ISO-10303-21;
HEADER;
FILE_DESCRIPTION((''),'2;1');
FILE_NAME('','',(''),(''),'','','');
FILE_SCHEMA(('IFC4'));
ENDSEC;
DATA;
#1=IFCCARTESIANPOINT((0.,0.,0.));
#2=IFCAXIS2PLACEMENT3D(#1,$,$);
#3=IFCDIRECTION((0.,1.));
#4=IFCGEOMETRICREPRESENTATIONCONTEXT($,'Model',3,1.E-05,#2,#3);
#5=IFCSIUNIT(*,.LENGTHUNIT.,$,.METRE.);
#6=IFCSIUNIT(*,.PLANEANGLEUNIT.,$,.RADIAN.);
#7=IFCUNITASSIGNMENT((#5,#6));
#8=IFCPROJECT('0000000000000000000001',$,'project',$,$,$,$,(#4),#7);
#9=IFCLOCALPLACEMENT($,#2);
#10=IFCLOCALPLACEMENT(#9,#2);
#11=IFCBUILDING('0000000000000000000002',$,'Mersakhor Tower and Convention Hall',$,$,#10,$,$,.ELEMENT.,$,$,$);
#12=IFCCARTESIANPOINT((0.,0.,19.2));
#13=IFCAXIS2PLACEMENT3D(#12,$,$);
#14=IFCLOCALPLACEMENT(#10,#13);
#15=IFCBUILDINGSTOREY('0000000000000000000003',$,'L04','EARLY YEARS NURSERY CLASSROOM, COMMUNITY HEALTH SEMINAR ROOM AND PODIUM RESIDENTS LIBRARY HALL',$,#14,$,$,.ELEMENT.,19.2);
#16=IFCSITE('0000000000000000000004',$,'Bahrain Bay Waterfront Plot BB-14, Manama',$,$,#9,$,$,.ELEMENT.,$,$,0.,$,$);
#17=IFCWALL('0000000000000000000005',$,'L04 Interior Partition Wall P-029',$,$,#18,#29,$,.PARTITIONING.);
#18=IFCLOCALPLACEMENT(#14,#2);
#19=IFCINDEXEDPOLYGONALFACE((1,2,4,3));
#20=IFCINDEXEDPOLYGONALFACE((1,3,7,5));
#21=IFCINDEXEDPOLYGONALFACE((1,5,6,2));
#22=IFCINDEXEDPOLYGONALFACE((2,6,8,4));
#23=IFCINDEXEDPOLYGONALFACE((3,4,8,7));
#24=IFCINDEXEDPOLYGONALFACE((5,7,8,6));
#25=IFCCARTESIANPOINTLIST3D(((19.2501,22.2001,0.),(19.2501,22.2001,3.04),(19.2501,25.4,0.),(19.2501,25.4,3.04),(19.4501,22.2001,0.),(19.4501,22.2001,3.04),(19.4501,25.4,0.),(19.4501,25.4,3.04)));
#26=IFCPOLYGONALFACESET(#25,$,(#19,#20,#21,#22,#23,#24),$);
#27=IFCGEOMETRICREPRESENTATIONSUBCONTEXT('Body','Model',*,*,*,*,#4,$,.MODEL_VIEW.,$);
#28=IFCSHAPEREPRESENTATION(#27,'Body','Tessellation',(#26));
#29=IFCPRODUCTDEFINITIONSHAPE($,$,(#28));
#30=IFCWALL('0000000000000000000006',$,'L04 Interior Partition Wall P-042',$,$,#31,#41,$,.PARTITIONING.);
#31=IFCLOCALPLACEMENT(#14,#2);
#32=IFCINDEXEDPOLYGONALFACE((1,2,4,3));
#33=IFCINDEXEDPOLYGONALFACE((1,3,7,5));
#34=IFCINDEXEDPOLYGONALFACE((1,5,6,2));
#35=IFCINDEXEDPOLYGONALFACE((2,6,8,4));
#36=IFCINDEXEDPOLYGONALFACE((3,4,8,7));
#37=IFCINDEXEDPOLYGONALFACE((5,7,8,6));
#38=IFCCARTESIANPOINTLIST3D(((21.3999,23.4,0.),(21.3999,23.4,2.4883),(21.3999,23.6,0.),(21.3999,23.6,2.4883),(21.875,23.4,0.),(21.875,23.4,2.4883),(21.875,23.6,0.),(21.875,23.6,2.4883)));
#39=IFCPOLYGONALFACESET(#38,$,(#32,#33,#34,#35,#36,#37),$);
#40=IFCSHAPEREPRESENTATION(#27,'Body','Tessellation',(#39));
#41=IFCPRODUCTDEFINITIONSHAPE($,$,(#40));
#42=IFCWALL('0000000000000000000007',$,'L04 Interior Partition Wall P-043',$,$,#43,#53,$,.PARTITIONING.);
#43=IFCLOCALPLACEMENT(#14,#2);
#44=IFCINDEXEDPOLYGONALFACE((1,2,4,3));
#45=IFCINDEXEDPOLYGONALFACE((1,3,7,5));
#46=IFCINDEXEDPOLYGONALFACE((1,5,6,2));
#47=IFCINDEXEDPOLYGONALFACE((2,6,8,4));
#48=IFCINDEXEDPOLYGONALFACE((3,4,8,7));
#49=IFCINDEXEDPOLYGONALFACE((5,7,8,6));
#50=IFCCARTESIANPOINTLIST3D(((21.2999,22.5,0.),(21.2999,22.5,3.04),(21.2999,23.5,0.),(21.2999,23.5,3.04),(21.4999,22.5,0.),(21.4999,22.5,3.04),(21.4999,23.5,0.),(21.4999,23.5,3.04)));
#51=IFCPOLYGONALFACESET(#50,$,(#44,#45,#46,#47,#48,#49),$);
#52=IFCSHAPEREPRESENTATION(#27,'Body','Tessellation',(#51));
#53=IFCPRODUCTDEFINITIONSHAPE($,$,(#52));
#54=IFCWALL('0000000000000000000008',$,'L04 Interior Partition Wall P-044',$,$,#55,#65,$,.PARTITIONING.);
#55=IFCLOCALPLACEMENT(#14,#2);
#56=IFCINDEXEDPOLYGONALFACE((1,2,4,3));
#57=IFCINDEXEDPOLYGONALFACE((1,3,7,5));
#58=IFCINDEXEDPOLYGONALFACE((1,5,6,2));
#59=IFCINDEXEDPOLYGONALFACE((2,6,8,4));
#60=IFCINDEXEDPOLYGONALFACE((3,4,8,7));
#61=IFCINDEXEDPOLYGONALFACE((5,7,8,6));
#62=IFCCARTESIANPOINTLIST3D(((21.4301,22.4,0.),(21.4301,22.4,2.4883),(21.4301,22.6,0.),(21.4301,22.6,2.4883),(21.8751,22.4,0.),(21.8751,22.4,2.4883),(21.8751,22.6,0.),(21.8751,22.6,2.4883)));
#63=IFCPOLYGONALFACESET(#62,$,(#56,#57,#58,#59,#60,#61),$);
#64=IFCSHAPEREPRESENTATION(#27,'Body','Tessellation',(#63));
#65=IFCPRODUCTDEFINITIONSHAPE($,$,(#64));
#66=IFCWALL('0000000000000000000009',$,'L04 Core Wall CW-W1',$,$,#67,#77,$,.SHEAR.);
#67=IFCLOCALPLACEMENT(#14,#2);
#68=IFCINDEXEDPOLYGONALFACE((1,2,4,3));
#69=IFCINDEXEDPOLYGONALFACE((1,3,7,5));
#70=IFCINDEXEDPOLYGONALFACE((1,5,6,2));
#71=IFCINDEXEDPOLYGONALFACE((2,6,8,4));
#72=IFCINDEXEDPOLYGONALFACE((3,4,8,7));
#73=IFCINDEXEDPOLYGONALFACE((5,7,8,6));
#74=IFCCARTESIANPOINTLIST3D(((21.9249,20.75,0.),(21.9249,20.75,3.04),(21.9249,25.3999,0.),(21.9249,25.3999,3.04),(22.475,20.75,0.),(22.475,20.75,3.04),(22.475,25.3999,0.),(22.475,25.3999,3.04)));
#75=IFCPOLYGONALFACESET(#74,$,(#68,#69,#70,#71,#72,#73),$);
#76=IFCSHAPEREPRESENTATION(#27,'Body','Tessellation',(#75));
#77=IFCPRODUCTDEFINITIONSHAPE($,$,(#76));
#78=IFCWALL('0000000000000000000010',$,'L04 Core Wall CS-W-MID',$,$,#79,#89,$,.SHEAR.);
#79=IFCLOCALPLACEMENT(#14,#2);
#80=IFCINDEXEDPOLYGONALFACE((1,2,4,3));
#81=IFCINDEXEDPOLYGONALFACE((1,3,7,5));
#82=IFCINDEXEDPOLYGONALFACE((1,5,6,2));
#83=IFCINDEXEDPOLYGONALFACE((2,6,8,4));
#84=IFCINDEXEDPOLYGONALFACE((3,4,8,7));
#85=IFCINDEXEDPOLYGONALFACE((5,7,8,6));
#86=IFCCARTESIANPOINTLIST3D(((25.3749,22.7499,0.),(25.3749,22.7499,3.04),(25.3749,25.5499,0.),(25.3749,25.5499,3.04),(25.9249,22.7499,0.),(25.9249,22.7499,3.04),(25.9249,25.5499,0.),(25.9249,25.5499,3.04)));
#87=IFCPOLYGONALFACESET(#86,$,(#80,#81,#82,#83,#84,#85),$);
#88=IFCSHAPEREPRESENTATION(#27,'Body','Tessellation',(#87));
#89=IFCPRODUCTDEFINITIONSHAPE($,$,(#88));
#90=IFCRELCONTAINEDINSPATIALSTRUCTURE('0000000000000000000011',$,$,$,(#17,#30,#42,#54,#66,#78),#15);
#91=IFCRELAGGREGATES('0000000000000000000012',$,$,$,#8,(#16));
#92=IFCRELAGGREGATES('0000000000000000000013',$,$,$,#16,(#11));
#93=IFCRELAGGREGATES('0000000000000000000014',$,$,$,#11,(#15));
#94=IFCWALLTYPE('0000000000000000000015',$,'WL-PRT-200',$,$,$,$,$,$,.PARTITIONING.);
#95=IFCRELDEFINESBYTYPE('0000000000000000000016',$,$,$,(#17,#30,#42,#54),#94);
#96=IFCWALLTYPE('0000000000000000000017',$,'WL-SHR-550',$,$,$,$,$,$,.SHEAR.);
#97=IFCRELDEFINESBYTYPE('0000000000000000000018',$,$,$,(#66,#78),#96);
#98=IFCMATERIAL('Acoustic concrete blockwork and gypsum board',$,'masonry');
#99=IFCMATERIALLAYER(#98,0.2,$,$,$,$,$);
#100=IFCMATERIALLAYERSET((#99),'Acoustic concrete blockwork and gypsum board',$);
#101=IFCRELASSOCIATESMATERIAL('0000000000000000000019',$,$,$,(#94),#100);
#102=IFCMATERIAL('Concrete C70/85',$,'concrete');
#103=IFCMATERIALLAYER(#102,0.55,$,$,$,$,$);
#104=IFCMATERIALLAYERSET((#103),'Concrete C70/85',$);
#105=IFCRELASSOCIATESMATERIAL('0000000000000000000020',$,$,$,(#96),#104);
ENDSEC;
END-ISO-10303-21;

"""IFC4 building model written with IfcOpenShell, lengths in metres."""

from ifc_helpers import new_model, si_unit, direction, frame, frame_2d, origin, place, context, subcontext, project, spatial, rectangle, extrude, material, layer, layer_set, type_object, element, save


model = new_model("IFC4")

# Units and contexts
model_context = context("Model", 3, precision=1e-05, world=origin(), true_north=direction((0.0, 1.0)))
body_context = subcontext(model_context, "Body", "Model", "MODEL_VIEW")
ifc_project = project(units=[si_unit("LENGTHUNIT", "METRE"), si_unit("PLANEANGLEUNIT", "RADIAN")], contexts=[model_context])

# Site, building, storey
site_placement = place(None, origin())
site = spatial("IfcSite", under=ifc_project, at=site_placement, Name="Bahrain Bay Waterfront Plot BB-14, Manama", CompositionType="ELEMENT", RefElevation=0.0)
building_placement = place(site_placement, origin())
building = spatial("IfcBuilding", under=site, at=building_placement, Name="Mersakhor Tower and Convention Hall", CompositionType="ELEMENT")
storey_placement = place(building_placement, frame((0.0, 0.0, 19.2)))
storey = spatial("IfcBuildingStorey", under=building, at=storey_placement, Name="L04", Description="EARLY YEARS NURSERY CLASSROOM, COMMUNITY HEALTH SEMINAR ROOM AND PODIUM RESIDENTS LIBRARY HALL", CompositionType="ELEMENT", Elevation=19.2)

# Walls
ifc_material_1 = material(Name="Acoustic concrete blockwork and gypsum board", Category="masonry")
ifc_layer_1 = layer(ifc_material_1, 0.2)
ifc_layer_set_1 = layer_set([ifc_layer_1], Name="Acoustic concrete blockwork and gypsum board")
wall_type_1 = type_object("IfcWallType", Name="WL-PRT-200", PredefinedType="PARTITIONING", material=ifc_layer_set_1)
wall_1_placement = place(storey_placement, frame((19.3501, 22.2, 0.0), z_axis=(0.0, 0.0, 1.0), x_axis=(0.0, 1.0, 0.0)))
element("IfcWall", 1, at=wall_1_placement, inside=storey, type_object=wall_type_1, Name="L04 Interior Partition Wall P-029", PredefinedType="PARTITIONING", context=body_context, shape_type="SweptSolid", body=[
    extrude(rectangle(XDim=3.2, YDim=0.2, at=frame_2d((1.6001, 0.0))), origin(), (0.0, 0.0, 1.0), 3.04),
])
wall_2_placement = place(storey_placement, frame((21.875, 23.5, 0.0), z_axis=(0.0, 0.0, 1.0), x_axis=(-1.0, 0.0, 0.0)))
element("IfcWall", 2, at=wall_2_placement, inside=storey, type_object=wall_type_1, Name="L04 Interior Partition Wall P-042", PredefinedType="PARTITIONING", context=body_context, shape_type="SweptSolid", body=[
    extrude(rectangle(XDim=0.4751, YDim=0.2, at=frame_2d((0.2375, 0.0))), origin(), (0.0, 0.0, 1.0), 2.4883),
])
wall_3_placement = place(storey_placement, frame((21.3999, 23.5, 0.0), z_axis=(0.0, 0.0, 1.0), x_axis=(0.0, -1.0, 0.0)))
element("IfcWall", 3, at=wall_3_placement, inside=storey, type_object=wall_type_1, Name="L04 Interior Partition Wall P-043", PredefinedType="PARTITIONING", context=body_context, shape_type="SweptSolid", body=[
    extrude(rectangle(XDim=1.0, YDim=0.2, at=frame_2d((0.5, 0.0))), origin(), (0.0, 0.0, 1.0), 3.04),
])
wall_4_placement = place(storey_placement, frame((21.4299, 22.5, 0.0), z_axis=(0.0, 0.0, 1.0), x_axis=(1.0, 0.0, 0.0)))
element("IfcWall", 4, at=wall_4_placement, inside=storey, type_object=wall_type_1, Name="L04 Interior Partition Wall P-044", PredefinedType="PARTITIONING", context=body_context, shape_type="SweptSolid", body=[
    extrude(rectangle(XDim=0.4451, YDim=0.2, at=frame_2d((0.2227, 0.0))), origin(), (0.0, 0.0, 1.0), 2.4883),
])
ifc_material_2 = material(Name="Concrete C70/85", Category="concrete")
ifc_layer_2 = layer(ifc_material_2, 0.55)
ifc_layer_set_2 = layer_set([ifc_layer_2], Name="Concrete C70/85")
wall_type_2 = type_object("IfcWallType", Name="WL-SHR-550", PredefinedType="SHEAR", material=ifc_layer_set_2)
wall_5_placement = place(storey_placement, frame((22.2, 20.75, 0.0), z_axis=(0.0, 0.0, 1.0), x_axis=(0.0, 1.0, 0.0)))
element("IfcWall", 5, at=wall_5_placement, inside=storey, type_object=wall_type_2, Name="L04 Core Wall CW-W1", PredefinedType="SHEAR", context=body_context, shape_type="SweptSolid", body=[
    extrude(rectangle(XDim=4.6499, YDim=0.55, at=frame_2d((2.325, 0.0))), origin(), (0.0, 0.0, 1.0), 3.04),
])

# Wall
wall_6_placement = place(storey_placement, frame((25.6499, 22.75, 0.0), z_axis=(0.0, 0.0, 1.0), x_axis=(0.0, 1.0, 0.0)))
element("IfcWall", 6, at=wall_6_placement, inside=storey, type_object=wall_type_2, Name="L04 Core Wall CS-W-MID", PredefinedType="SHEAR", context=body_context, shape_type="SweptSolid", body=[
    extrude(rectangle(XDim=2.8, YDim=0.55, at=frame_2d((1.3999, 0.0))), origin(), (0.0, 0.0, 1.0), 3.04),
])

save(model, "model.ifc")
